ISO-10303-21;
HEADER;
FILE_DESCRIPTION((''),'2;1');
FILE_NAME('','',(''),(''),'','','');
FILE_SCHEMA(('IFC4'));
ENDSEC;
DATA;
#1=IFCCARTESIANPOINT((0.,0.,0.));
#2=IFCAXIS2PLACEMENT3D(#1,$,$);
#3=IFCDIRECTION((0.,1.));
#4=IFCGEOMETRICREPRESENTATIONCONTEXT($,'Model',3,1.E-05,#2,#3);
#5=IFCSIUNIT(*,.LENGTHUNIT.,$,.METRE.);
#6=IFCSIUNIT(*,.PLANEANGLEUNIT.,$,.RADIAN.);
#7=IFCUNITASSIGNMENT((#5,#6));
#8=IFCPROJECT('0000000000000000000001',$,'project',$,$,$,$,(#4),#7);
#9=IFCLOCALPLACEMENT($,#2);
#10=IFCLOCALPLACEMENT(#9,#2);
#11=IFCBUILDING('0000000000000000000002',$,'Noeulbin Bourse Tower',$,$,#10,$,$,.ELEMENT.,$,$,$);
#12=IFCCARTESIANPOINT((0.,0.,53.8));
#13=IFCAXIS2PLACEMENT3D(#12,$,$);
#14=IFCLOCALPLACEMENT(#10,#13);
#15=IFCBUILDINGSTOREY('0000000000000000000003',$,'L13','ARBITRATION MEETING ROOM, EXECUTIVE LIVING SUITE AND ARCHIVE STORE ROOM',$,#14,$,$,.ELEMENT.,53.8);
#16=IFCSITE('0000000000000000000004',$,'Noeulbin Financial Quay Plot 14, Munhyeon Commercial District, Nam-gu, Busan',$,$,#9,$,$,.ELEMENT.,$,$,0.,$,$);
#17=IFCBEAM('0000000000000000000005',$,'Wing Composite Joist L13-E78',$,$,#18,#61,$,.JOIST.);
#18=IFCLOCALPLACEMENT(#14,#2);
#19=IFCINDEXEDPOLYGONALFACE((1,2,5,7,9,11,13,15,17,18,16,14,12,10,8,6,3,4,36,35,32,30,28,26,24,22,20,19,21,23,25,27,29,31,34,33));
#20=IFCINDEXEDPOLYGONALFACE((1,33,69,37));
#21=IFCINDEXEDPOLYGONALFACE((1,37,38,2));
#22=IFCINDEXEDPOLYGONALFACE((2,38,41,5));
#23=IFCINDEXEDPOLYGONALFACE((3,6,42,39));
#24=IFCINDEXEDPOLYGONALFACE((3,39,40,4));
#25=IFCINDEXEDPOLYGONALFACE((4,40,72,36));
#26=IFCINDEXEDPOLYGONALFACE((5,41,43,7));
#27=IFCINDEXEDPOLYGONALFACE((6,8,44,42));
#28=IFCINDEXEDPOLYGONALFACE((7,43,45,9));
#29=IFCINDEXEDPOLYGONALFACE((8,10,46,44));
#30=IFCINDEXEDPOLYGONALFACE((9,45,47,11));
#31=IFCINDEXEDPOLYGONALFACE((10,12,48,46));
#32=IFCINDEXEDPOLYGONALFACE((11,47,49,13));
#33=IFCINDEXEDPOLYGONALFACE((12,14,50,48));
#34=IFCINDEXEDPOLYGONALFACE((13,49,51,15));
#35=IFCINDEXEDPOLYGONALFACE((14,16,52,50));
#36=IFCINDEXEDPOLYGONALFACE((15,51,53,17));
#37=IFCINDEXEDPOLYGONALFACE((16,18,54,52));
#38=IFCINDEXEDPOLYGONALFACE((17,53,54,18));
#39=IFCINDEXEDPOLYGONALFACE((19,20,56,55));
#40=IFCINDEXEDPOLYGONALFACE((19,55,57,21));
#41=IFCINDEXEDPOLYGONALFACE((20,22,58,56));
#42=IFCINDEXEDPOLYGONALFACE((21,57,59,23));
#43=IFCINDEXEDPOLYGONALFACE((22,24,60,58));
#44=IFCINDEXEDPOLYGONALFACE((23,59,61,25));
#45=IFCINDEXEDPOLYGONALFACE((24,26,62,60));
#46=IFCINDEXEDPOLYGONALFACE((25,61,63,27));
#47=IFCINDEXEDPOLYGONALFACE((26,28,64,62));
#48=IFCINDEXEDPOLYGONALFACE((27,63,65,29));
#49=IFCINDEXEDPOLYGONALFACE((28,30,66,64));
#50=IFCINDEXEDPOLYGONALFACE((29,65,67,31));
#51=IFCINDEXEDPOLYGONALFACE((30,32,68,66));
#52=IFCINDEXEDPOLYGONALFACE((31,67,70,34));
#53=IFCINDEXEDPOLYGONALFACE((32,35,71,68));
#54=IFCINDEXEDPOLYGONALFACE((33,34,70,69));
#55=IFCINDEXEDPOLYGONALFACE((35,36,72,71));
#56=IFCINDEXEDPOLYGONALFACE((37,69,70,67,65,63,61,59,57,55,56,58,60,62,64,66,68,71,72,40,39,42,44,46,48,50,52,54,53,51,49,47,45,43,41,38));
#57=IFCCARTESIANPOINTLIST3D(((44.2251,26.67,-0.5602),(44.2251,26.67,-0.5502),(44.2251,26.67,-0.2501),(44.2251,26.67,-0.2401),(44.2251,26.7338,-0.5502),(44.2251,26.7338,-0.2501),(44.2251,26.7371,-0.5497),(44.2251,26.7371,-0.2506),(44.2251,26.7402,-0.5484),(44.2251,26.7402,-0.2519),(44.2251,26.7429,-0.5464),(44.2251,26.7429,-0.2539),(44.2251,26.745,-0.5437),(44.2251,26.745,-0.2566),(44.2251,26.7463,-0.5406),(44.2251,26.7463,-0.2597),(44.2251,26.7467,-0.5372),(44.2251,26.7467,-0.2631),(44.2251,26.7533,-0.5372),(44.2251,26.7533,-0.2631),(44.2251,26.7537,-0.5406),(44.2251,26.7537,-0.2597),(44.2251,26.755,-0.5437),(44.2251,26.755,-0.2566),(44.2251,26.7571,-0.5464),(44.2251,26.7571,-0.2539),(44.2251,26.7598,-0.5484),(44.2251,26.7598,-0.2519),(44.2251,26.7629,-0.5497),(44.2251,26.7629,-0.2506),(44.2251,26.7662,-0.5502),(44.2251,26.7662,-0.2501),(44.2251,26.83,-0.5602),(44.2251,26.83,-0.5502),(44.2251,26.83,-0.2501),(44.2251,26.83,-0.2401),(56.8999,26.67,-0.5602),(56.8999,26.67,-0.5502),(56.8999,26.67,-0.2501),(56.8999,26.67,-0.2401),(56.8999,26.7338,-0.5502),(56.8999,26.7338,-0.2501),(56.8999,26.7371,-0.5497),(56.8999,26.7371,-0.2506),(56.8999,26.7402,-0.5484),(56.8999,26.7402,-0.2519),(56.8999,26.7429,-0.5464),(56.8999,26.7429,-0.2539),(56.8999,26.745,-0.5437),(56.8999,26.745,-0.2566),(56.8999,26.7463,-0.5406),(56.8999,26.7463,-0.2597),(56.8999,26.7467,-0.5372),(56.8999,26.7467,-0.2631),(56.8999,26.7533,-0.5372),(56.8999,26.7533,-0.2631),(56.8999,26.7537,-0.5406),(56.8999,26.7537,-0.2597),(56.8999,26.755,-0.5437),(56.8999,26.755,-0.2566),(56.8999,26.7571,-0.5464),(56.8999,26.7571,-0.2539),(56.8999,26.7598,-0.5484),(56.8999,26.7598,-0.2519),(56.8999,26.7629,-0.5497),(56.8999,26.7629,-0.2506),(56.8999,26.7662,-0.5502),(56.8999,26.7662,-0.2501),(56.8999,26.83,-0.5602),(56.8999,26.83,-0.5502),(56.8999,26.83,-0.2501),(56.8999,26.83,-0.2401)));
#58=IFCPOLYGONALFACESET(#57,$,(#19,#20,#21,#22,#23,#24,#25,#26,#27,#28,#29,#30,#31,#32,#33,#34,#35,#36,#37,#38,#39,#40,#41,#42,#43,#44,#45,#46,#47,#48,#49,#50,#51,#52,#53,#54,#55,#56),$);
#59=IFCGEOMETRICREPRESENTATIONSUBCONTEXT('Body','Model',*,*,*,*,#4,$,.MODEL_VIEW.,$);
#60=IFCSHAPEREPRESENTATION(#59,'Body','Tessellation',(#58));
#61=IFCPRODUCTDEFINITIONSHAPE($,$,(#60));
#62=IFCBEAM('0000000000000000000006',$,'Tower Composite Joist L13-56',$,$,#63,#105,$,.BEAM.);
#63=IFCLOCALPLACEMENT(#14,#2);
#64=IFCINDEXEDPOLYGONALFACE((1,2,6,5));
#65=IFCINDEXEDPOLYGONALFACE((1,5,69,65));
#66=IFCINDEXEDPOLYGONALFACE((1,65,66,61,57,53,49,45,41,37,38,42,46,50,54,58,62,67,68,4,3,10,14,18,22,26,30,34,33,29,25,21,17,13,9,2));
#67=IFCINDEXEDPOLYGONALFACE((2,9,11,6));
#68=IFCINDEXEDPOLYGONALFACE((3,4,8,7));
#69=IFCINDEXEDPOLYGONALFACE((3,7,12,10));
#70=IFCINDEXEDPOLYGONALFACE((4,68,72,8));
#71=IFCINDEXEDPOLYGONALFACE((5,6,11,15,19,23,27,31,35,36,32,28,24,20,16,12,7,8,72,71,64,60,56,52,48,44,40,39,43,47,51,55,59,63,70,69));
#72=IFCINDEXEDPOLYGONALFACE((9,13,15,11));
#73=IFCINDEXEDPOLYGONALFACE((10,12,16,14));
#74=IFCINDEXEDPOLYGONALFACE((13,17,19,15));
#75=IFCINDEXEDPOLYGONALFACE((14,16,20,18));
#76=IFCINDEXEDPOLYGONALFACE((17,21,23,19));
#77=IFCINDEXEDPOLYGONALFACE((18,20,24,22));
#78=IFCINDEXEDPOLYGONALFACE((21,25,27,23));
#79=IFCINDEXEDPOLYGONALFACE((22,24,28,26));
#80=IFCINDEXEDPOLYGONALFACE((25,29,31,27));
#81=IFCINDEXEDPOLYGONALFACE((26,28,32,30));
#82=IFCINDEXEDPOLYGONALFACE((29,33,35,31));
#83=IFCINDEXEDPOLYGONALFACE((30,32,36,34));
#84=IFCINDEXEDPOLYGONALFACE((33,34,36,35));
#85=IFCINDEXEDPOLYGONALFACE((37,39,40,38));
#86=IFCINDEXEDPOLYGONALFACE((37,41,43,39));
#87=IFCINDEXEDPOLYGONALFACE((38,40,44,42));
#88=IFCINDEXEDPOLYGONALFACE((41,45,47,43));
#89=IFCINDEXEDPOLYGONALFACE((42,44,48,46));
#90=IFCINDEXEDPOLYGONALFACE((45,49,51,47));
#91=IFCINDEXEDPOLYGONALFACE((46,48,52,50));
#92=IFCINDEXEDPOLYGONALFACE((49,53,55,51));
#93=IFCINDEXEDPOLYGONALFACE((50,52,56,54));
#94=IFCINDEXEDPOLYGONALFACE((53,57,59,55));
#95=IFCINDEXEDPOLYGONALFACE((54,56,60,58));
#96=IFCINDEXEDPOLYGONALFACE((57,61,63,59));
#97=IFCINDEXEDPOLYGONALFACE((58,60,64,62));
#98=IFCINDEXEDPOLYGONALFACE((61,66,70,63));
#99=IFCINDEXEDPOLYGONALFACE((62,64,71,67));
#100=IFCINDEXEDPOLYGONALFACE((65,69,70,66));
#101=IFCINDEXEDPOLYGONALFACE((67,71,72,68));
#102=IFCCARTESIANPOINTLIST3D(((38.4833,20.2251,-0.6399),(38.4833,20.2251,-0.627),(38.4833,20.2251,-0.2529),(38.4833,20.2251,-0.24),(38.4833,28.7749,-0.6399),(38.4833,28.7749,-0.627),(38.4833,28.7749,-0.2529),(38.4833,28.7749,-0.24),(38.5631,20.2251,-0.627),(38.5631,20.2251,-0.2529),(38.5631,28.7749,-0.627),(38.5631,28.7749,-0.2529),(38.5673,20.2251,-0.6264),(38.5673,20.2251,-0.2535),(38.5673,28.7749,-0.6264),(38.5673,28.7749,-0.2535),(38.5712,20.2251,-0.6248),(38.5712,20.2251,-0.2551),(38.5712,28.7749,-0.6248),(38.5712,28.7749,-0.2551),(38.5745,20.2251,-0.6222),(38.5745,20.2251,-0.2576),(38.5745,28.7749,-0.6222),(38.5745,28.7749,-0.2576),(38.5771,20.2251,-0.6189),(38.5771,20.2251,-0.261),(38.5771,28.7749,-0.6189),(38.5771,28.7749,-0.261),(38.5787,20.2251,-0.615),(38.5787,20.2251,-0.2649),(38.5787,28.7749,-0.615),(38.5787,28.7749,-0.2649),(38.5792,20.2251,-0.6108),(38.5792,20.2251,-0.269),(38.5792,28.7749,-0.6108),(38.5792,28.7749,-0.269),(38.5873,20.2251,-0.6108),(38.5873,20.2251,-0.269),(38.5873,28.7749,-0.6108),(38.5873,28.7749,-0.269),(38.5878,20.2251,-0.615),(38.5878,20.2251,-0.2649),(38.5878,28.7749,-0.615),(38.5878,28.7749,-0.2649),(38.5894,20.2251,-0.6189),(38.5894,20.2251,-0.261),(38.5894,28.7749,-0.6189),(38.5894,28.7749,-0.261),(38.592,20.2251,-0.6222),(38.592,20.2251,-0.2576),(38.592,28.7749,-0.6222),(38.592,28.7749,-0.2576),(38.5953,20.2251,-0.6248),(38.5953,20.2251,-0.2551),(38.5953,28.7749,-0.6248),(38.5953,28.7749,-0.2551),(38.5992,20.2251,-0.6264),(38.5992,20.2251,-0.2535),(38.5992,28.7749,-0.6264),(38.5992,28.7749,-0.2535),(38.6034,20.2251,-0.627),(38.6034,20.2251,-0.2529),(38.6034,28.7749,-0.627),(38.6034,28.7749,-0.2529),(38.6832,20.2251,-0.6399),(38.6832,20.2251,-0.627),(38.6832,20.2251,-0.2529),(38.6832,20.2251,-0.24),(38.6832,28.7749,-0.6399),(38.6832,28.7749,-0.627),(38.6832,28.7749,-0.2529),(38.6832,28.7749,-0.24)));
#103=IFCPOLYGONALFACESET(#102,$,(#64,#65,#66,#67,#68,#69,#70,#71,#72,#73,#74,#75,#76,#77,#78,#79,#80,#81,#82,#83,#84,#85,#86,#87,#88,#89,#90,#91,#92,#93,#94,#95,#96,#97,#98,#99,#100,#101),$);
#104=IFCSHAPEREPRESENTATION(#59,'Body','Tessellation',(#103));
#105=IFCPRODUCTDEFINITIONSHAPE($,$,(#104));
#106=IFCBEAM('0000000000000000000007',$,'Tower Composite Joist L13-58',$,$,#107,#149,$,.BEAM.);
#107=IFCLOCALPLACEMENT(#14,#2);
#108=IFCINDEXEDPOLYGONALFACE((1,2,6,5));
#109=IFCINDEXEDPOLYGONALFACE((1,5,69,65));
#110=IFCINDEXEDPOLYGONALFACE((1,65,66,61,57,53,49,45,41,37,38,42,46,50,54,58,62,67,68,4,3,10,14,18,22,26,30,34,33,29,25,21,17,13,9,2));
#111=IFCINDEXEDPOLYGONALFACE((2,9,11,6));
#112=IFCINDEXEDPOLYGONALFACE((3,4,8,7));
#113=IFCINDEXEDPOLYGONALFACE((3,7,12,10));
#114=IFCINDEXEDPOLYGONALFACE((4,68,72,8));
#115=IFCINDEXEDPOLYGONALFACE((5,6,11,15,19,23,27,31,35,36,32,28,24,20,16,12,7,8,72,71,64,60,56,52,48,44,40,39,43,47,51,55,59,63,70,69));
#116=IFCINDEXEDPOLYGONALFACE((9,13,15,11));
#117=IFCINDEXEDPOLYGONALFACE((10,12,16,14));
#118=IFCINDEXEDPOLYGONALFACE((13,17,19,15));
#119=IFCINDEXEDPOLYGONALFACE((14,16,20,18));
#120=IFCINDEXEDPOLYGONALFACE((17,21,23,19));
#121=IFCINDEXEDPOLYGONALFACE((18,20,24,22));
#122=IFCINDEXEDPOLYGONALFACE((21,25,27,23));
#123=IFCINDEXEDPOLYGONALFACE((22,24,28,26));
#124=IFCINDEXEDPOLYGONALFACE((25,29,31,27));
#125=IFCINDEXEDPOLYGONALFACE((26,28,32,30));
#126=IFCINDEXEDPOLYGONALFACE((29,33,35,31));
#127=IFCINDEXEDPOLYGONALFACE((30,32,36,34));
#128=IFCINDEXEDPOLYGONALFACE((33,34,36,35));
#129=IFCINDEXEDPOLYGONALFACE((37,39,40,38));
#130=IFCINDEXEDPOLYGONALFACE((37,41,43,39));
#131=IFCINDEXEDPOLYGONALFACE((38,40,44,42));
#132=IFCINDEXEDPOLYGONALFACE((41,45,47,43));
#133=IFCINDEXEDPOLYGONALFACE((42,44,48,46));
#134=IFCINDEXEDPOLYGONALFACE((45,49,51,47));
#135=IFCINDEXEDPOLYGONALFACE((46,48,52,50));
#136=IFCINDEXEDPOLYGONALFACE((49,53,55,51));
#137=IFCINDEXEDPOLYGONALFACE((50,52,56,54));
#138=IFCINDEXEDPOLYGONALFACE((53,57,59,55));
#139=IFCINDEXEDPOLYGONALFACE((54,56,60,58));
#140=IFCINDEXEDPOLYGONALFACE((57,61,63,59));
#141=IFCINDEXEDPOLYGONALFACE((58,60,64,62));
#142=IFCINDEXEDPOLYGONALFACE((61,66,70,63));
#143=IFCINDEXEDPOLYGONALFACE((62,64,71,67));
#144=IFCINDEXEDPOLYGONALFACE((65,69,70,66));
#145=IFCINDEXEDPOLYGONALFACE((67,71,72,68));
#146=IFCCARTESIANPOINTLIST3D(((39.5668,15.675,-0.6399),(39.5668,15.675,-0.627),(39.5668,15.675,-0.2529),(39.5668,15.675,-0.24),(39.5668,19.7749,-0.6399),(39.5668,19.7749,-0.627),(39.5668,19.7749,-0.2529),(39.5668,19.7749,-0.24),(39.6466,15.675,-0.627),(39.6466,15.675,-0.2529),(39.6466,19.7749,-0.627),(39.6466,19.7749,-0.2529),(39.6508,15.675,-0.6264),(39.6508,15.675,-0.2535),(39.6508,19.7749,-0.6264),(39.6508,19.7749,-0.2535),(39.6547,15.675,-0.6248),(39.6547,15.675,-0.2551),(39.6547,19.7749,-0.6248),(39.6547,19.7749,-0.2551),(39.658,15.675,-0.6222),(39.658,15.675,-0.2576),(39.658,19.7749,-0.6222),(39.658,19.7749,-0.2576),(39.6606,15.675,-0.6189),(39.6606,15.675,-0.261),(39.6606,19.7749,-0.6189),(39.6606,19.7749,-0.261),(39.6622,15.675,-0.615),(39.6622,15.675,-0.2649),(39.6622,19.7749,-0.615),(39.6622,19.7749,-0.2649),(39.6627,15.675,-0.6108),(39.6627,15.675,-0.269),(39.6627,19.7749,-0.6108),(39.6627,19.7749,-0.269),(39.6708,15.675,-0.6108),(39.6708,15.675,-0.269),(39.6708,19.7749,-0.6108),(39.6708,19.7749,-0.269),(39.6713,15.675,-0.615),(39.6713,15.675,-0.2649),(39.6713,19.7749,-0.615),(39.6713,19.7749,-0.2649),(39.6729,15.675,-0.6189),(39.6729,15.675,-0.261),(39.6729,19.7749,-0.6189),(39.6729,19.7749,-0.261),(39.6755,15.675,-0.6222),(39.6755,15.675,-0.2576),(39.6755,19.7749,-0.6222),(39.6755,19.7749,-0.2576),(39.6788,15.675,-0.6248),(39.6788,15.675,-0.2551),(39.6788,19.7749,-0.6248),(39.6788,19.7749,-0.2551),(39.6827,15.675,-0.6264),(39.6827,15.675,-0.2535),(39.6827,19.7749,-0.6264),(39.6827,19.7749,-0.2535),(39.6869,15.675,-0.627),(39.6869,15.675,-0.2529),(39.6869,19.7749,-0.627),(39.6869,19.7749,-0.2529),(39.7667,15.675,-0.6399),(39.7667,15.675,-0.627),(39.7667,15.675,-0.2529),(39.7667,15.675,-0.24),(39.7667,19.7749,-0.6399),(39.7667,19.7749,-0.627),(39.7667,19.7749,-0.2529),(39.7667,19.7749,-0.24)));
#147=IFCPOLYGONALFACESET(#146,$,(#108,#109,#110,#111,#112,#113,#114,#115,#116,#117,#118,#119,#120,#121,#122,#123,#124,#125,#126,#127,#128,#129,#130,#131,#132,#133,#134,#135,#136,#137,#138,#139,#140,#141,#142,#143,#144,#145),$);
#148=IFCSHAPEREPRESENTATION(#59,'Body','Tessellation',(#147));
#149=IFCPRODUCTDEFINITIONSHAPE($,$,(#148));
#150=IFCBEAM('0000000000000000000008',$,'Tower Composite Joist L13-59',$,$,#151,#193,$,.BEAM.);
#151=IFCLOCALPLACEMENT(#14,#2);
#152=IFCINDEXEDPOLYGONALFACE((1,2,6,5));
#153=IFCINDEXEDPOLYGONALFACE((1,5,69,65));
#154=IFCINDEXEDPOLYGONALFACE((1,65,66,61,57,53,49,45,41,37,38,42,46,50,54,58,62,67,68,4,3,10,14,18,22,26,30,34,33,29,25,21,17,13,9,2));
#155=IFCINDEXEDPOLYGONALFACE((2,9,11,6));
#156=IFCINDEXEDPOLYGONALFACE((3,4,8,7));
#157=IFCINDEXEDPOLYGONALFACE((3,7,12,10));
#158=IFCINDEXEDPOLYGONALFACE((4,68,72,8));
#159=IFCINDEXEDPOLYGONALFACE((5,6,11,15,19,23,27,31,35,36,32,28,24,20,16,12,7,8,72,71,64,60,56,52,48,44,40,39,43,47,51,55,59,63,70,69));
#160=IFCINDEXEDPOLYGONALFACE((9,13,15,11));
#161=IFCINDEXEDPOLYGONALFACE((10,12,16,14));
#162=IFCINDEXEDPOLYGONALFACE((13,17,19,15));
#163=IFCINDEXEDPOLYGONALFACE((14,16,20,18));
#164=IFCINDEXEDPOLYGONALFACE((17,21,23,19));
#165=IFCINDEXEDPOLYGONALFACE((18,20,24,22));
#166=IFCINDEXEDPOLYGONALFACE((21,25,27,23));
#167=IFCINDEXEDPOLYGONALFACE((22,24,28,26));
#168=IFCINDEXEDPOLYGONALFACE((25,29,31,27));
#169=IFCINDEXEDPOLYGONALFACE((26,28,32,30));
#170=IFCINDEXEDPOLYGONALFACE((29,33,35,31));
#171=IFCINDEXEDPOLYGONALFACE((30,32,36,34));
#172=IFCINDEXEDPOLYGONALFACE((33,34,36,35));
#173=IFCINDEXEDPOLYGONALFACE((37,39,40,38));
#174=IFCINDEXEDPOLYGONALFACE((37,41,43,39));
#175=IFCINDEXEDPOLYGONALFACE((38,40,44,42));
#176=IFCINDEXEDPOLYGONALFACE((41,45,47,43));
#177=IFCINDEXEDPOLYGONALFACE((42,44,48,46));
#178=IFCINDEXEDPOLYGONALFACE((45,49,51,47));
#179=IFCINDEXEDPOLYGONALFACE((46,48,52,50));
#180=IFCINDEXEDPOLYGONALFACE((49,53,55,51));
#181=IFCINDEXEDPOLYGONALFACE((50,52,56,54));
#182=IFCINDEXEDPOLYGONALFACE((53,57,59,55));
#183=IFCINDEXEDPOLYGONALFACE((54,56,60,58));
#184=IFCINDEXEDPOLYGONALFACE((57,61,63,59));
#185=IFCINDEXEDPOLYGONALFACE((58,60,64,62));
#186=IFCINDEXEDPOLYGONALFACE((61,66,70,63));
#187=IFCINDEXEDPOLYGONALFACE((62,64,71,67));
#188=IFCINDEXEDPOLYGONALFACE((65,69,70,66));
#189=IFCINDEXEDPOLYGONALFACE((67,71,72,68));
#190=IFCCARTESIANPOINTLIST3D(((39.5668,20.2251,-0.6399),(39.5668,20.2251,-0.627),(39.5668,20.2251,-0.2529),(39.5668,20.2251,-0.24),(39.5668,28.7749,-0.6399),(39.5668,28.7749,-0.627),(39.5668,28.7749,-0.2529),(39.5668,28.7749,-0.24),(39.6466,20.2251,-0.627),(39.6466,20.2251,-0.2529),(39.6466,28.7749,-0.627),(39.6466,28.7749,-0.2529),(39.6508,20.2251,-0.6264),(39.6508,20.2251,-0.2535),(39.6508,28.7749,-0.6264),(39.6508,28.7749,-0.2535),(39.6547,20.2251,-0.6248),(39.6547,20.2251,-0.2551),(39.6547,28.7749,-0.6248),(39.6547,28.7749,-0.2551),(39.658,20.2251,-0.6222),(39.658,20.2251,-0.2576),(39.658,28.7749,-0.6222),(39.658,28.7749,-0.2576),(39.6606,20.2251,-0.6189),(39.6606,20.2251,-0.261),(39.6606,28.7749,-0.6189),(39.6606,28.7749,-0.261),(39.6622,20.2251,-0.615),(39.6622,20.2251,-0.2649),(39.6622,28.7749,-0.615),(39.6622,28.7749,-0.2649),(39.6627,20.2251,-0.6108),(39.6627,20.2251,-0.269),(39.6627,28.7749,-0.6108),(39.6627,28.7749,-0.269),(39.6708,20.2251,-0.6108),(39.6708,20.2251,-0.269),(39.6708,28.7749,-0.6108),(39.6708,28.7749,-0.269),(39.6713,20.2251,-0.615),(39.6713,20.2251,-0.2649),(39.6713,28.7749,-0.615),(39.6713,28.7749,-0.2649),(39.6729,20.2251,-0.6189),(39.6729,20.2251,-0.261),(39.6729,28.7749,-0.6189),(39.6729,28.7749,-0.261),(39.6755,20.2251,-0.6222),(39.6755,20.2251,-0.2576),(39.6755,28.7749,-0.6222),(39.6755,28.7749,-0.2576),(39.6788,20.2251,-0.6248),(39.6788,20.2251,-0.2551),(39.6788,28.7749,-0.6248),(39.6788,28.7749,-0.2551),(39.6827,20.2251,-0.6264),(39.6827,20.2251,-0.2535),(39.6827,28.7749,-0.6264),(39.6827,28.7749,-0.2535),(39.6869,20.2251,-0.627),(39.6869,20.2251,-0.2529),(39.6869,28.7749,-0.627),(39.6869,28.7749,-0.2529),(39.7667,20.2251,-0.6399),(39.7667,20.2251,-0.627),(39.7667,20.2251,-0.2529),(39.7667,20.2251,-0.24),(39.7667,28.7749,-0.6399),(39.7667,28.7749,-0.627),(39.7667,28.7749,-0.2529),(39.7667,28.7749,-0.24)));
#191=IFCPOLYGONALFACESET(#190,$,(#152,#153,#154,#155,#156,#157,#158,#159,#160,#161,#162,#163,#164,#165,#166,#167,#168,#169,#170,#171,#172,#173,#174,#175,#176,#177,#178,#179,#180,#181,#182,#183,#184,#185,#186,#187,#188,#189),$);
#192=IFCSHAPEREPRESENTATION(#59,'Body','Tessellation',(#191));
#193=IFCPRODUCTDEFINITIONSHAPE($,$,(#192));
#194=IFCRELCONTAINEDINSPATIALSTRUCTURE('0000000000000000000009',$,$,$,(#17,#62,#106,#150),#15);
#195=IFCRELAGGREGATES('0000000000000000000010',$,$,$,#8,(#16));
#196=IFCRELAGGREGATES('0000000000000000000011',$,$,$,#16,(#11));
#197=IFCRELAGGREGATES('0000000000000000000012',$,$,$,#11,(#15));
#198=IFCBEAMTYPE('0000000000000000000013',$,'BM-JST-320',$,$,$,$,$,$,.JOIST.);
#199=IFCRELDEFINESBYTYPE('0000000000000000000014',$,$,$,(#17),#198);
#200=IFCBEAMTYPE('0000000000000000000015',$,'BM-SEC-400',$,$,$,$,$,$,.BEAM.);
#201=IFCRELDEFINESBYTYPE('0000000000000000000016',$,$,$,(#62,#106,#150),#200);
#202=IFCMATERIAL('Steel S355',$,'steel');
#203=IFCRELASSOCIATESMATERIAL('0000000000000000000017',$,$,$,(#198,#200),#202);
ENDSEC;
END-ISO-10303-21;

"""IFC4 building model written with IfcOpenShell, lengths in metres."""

from ifc_helpers import new_model, si_unit, direction, frame, origin, origin_2d, place, context, subcontext, project, spatial, i_section, extrude, material, material_profile, profile_set, type_object, element, save


model = new_model("IFC4")

# Units and contexts
model_context = context("Model", 3, precision=1e-05, world=origin(), true_north=direction((0.0, 1.0)))
body_context = subcontext(model_context, "Body", "Model", "MODEL_VIEW")
ifc_project = project(units=[si_unit("LENGTHUNIT", "METRE"), si_unit("PLANEANGLEUNIT", "RADIAN")], contexts=[model_context])

# Site, building, storey
site_placement = place(None, origin())
site = spatial("IfcSite", under=ifc_project, at=site_placement, Name="Noeulbin Financial Quay Plot 14, Munhyeon Commercial District, Nam-gu, Busan", CompositionType="ELEMENT", RefElevation=0.0)
building_placement = place(site_placement, origin())
building = spatial("IfcBuilding", under=site, at=building_placement, Name="Noeulbin Bourse Tower", CompositionType="ELEMENT")
storey_placement = place(building_placement, frame((0.0, 0.0, 53.8)))
storey = spatial("IfcBuildingStorey", under=building, at=storey_placement, Name="L13", Description="ARBITRATION MEETING ROOM, EXECUTIVE LIVING SUITE AND ARCHIVE STORE ROOM", CompositionType="ELEMENT", Elevation=53.8)

# Beams
ifc_material_1 = material(Name="Steel S355", Category="steel")
ifc_material_profile_1 = material_profile(ifc_material_1, i_section(OverallWidth=0.1599, OverallDepth=0.3201, WebThickness=0.0066, FlangeThickness=0.01, FilletRadius=0.0129, at=origin_2d()), Name="H-320x160x6.5x10", Category="LoadBearing")
ifc_profile_set_1 = profile_set([ifc_material_profile_1], Name="Steel S355")
beam_type_1 = type_object("IfcBeamType", Name="BM-JST-320", PredefinedType="JOIST", material=ifc_profile_set_1)
for number, where, z_axis, x_axis, name in (
    (1, (44.2251, 26.75, -0.4001), (1.0, 0.0, 0.0), (0.0, 1.0, 0.0), "Wing Composite Joist L13-E78"),
):
    element("IfcBeam", number, at=place(storey_placement, frame(where, z_axis=z_axis, x_axis=x_axis)), inside=storey, type_object=beam_type_1, Name=name, PredefinedType="JOIST", context=body_context, shape_type="SweptSolid", body=[
        extrude(i_section(OverallWidth=0.1599, OverallDepth=0.3201, WebThickness=0.0066, FlangeThickness=0.01, FilletRadius=0.0129, at=origin_2d()), origin(), (0.0, 0.0, 1.0), 12.6748),
    ])
ifc_material_profile_2 = material_profile(ifc_material_1, i_section(OverallWidth=0.2, OverallDepth=0.3999, WebThickness=0.0081, FlangeThickness=0.0129, FilletRadius=0.0161, at=origin_2d()), Name="H-400x200x8x13", Category="LoadBearing")
ifc_profile_set_2 = profile_set([ifc_material_profile_2], Name="Steel S355")
beam_type_2 = type_object("IfcBeamType", Name="BM-SEC-400", PredefinedType="BEAM", material=ifc_profile_set_2)
beam_1_placement = place(storey_placement, frame((38.5833, 20.2251, -0.4399), z_axis=(0.0, 1.0, 0.0), x_axis=(-1.0, 0.0, 0.0)))
element("IfcBeam", 2, at=beam_1_placement, inside=storey, type_object=beam_type_2, Name="Tower Composite Joist L13-56", PredefinedType="BEAM", context=body_context, shape_type="SweptSolid", body=[
    extrude(i_section(OverallWidth=0.2, OverallDepth=0.3999, WebThickness=0.0081, FlangeThickness=0.0129, FilletRadius=0.0161, at=origin_2d()), origin(), (0.0, 0.0, 1.0), 8.5498),
])
beam_2_placement = place(storey_placement, frame((39.6667, 15.675, -0.4399), z_axis=(0.0, 1.0, 0.0), x_axis=(-1.0, 0.0, 0.0)))
element("IfcBeam", 3, at=beam_2_placement, inside=storey, type_object=beam_type_2, Name="Tower Composite Joist L13-58", PredefinedType="BEAM", context=body_context, shape_type="SweptSolid", body=[
    extrude(i_section(OverallWidth=0.2, OverallDepth=0.3999, WebThickness=0.0081, FlangeThickness=0.0129, FilletRadius=0.0161, at=origin_2d()), origin(), (0.0, 0.0, 1.0), 4.0999),
])
beam_3_placement = place(storey_placement, frame((39.6667, 20.2251, -0.4399), z_axis=(0.0, 1.0, 0.0), x_axis=(-1.0, 0.0, 0.0)))
element("IfcBeam", 4, at=beam_3_placement, inside=storey, type_object=beam_type_2, Name="Tower Composite Joist L13-59", PredefinedType="BEAM", context=body_context, shape_type="SweptSolid", body=[
    extrude(i_section(OverallWidth=0.2, OverallDepth=0.3999, WebThickness=0.0081, FlangeThickness=0.0129, FilletRadius=0.0161, at=origin_2d()), origin(), (0.0, 0.0, 1.0), 8.5498),
])

save(model, "model.ifc")
